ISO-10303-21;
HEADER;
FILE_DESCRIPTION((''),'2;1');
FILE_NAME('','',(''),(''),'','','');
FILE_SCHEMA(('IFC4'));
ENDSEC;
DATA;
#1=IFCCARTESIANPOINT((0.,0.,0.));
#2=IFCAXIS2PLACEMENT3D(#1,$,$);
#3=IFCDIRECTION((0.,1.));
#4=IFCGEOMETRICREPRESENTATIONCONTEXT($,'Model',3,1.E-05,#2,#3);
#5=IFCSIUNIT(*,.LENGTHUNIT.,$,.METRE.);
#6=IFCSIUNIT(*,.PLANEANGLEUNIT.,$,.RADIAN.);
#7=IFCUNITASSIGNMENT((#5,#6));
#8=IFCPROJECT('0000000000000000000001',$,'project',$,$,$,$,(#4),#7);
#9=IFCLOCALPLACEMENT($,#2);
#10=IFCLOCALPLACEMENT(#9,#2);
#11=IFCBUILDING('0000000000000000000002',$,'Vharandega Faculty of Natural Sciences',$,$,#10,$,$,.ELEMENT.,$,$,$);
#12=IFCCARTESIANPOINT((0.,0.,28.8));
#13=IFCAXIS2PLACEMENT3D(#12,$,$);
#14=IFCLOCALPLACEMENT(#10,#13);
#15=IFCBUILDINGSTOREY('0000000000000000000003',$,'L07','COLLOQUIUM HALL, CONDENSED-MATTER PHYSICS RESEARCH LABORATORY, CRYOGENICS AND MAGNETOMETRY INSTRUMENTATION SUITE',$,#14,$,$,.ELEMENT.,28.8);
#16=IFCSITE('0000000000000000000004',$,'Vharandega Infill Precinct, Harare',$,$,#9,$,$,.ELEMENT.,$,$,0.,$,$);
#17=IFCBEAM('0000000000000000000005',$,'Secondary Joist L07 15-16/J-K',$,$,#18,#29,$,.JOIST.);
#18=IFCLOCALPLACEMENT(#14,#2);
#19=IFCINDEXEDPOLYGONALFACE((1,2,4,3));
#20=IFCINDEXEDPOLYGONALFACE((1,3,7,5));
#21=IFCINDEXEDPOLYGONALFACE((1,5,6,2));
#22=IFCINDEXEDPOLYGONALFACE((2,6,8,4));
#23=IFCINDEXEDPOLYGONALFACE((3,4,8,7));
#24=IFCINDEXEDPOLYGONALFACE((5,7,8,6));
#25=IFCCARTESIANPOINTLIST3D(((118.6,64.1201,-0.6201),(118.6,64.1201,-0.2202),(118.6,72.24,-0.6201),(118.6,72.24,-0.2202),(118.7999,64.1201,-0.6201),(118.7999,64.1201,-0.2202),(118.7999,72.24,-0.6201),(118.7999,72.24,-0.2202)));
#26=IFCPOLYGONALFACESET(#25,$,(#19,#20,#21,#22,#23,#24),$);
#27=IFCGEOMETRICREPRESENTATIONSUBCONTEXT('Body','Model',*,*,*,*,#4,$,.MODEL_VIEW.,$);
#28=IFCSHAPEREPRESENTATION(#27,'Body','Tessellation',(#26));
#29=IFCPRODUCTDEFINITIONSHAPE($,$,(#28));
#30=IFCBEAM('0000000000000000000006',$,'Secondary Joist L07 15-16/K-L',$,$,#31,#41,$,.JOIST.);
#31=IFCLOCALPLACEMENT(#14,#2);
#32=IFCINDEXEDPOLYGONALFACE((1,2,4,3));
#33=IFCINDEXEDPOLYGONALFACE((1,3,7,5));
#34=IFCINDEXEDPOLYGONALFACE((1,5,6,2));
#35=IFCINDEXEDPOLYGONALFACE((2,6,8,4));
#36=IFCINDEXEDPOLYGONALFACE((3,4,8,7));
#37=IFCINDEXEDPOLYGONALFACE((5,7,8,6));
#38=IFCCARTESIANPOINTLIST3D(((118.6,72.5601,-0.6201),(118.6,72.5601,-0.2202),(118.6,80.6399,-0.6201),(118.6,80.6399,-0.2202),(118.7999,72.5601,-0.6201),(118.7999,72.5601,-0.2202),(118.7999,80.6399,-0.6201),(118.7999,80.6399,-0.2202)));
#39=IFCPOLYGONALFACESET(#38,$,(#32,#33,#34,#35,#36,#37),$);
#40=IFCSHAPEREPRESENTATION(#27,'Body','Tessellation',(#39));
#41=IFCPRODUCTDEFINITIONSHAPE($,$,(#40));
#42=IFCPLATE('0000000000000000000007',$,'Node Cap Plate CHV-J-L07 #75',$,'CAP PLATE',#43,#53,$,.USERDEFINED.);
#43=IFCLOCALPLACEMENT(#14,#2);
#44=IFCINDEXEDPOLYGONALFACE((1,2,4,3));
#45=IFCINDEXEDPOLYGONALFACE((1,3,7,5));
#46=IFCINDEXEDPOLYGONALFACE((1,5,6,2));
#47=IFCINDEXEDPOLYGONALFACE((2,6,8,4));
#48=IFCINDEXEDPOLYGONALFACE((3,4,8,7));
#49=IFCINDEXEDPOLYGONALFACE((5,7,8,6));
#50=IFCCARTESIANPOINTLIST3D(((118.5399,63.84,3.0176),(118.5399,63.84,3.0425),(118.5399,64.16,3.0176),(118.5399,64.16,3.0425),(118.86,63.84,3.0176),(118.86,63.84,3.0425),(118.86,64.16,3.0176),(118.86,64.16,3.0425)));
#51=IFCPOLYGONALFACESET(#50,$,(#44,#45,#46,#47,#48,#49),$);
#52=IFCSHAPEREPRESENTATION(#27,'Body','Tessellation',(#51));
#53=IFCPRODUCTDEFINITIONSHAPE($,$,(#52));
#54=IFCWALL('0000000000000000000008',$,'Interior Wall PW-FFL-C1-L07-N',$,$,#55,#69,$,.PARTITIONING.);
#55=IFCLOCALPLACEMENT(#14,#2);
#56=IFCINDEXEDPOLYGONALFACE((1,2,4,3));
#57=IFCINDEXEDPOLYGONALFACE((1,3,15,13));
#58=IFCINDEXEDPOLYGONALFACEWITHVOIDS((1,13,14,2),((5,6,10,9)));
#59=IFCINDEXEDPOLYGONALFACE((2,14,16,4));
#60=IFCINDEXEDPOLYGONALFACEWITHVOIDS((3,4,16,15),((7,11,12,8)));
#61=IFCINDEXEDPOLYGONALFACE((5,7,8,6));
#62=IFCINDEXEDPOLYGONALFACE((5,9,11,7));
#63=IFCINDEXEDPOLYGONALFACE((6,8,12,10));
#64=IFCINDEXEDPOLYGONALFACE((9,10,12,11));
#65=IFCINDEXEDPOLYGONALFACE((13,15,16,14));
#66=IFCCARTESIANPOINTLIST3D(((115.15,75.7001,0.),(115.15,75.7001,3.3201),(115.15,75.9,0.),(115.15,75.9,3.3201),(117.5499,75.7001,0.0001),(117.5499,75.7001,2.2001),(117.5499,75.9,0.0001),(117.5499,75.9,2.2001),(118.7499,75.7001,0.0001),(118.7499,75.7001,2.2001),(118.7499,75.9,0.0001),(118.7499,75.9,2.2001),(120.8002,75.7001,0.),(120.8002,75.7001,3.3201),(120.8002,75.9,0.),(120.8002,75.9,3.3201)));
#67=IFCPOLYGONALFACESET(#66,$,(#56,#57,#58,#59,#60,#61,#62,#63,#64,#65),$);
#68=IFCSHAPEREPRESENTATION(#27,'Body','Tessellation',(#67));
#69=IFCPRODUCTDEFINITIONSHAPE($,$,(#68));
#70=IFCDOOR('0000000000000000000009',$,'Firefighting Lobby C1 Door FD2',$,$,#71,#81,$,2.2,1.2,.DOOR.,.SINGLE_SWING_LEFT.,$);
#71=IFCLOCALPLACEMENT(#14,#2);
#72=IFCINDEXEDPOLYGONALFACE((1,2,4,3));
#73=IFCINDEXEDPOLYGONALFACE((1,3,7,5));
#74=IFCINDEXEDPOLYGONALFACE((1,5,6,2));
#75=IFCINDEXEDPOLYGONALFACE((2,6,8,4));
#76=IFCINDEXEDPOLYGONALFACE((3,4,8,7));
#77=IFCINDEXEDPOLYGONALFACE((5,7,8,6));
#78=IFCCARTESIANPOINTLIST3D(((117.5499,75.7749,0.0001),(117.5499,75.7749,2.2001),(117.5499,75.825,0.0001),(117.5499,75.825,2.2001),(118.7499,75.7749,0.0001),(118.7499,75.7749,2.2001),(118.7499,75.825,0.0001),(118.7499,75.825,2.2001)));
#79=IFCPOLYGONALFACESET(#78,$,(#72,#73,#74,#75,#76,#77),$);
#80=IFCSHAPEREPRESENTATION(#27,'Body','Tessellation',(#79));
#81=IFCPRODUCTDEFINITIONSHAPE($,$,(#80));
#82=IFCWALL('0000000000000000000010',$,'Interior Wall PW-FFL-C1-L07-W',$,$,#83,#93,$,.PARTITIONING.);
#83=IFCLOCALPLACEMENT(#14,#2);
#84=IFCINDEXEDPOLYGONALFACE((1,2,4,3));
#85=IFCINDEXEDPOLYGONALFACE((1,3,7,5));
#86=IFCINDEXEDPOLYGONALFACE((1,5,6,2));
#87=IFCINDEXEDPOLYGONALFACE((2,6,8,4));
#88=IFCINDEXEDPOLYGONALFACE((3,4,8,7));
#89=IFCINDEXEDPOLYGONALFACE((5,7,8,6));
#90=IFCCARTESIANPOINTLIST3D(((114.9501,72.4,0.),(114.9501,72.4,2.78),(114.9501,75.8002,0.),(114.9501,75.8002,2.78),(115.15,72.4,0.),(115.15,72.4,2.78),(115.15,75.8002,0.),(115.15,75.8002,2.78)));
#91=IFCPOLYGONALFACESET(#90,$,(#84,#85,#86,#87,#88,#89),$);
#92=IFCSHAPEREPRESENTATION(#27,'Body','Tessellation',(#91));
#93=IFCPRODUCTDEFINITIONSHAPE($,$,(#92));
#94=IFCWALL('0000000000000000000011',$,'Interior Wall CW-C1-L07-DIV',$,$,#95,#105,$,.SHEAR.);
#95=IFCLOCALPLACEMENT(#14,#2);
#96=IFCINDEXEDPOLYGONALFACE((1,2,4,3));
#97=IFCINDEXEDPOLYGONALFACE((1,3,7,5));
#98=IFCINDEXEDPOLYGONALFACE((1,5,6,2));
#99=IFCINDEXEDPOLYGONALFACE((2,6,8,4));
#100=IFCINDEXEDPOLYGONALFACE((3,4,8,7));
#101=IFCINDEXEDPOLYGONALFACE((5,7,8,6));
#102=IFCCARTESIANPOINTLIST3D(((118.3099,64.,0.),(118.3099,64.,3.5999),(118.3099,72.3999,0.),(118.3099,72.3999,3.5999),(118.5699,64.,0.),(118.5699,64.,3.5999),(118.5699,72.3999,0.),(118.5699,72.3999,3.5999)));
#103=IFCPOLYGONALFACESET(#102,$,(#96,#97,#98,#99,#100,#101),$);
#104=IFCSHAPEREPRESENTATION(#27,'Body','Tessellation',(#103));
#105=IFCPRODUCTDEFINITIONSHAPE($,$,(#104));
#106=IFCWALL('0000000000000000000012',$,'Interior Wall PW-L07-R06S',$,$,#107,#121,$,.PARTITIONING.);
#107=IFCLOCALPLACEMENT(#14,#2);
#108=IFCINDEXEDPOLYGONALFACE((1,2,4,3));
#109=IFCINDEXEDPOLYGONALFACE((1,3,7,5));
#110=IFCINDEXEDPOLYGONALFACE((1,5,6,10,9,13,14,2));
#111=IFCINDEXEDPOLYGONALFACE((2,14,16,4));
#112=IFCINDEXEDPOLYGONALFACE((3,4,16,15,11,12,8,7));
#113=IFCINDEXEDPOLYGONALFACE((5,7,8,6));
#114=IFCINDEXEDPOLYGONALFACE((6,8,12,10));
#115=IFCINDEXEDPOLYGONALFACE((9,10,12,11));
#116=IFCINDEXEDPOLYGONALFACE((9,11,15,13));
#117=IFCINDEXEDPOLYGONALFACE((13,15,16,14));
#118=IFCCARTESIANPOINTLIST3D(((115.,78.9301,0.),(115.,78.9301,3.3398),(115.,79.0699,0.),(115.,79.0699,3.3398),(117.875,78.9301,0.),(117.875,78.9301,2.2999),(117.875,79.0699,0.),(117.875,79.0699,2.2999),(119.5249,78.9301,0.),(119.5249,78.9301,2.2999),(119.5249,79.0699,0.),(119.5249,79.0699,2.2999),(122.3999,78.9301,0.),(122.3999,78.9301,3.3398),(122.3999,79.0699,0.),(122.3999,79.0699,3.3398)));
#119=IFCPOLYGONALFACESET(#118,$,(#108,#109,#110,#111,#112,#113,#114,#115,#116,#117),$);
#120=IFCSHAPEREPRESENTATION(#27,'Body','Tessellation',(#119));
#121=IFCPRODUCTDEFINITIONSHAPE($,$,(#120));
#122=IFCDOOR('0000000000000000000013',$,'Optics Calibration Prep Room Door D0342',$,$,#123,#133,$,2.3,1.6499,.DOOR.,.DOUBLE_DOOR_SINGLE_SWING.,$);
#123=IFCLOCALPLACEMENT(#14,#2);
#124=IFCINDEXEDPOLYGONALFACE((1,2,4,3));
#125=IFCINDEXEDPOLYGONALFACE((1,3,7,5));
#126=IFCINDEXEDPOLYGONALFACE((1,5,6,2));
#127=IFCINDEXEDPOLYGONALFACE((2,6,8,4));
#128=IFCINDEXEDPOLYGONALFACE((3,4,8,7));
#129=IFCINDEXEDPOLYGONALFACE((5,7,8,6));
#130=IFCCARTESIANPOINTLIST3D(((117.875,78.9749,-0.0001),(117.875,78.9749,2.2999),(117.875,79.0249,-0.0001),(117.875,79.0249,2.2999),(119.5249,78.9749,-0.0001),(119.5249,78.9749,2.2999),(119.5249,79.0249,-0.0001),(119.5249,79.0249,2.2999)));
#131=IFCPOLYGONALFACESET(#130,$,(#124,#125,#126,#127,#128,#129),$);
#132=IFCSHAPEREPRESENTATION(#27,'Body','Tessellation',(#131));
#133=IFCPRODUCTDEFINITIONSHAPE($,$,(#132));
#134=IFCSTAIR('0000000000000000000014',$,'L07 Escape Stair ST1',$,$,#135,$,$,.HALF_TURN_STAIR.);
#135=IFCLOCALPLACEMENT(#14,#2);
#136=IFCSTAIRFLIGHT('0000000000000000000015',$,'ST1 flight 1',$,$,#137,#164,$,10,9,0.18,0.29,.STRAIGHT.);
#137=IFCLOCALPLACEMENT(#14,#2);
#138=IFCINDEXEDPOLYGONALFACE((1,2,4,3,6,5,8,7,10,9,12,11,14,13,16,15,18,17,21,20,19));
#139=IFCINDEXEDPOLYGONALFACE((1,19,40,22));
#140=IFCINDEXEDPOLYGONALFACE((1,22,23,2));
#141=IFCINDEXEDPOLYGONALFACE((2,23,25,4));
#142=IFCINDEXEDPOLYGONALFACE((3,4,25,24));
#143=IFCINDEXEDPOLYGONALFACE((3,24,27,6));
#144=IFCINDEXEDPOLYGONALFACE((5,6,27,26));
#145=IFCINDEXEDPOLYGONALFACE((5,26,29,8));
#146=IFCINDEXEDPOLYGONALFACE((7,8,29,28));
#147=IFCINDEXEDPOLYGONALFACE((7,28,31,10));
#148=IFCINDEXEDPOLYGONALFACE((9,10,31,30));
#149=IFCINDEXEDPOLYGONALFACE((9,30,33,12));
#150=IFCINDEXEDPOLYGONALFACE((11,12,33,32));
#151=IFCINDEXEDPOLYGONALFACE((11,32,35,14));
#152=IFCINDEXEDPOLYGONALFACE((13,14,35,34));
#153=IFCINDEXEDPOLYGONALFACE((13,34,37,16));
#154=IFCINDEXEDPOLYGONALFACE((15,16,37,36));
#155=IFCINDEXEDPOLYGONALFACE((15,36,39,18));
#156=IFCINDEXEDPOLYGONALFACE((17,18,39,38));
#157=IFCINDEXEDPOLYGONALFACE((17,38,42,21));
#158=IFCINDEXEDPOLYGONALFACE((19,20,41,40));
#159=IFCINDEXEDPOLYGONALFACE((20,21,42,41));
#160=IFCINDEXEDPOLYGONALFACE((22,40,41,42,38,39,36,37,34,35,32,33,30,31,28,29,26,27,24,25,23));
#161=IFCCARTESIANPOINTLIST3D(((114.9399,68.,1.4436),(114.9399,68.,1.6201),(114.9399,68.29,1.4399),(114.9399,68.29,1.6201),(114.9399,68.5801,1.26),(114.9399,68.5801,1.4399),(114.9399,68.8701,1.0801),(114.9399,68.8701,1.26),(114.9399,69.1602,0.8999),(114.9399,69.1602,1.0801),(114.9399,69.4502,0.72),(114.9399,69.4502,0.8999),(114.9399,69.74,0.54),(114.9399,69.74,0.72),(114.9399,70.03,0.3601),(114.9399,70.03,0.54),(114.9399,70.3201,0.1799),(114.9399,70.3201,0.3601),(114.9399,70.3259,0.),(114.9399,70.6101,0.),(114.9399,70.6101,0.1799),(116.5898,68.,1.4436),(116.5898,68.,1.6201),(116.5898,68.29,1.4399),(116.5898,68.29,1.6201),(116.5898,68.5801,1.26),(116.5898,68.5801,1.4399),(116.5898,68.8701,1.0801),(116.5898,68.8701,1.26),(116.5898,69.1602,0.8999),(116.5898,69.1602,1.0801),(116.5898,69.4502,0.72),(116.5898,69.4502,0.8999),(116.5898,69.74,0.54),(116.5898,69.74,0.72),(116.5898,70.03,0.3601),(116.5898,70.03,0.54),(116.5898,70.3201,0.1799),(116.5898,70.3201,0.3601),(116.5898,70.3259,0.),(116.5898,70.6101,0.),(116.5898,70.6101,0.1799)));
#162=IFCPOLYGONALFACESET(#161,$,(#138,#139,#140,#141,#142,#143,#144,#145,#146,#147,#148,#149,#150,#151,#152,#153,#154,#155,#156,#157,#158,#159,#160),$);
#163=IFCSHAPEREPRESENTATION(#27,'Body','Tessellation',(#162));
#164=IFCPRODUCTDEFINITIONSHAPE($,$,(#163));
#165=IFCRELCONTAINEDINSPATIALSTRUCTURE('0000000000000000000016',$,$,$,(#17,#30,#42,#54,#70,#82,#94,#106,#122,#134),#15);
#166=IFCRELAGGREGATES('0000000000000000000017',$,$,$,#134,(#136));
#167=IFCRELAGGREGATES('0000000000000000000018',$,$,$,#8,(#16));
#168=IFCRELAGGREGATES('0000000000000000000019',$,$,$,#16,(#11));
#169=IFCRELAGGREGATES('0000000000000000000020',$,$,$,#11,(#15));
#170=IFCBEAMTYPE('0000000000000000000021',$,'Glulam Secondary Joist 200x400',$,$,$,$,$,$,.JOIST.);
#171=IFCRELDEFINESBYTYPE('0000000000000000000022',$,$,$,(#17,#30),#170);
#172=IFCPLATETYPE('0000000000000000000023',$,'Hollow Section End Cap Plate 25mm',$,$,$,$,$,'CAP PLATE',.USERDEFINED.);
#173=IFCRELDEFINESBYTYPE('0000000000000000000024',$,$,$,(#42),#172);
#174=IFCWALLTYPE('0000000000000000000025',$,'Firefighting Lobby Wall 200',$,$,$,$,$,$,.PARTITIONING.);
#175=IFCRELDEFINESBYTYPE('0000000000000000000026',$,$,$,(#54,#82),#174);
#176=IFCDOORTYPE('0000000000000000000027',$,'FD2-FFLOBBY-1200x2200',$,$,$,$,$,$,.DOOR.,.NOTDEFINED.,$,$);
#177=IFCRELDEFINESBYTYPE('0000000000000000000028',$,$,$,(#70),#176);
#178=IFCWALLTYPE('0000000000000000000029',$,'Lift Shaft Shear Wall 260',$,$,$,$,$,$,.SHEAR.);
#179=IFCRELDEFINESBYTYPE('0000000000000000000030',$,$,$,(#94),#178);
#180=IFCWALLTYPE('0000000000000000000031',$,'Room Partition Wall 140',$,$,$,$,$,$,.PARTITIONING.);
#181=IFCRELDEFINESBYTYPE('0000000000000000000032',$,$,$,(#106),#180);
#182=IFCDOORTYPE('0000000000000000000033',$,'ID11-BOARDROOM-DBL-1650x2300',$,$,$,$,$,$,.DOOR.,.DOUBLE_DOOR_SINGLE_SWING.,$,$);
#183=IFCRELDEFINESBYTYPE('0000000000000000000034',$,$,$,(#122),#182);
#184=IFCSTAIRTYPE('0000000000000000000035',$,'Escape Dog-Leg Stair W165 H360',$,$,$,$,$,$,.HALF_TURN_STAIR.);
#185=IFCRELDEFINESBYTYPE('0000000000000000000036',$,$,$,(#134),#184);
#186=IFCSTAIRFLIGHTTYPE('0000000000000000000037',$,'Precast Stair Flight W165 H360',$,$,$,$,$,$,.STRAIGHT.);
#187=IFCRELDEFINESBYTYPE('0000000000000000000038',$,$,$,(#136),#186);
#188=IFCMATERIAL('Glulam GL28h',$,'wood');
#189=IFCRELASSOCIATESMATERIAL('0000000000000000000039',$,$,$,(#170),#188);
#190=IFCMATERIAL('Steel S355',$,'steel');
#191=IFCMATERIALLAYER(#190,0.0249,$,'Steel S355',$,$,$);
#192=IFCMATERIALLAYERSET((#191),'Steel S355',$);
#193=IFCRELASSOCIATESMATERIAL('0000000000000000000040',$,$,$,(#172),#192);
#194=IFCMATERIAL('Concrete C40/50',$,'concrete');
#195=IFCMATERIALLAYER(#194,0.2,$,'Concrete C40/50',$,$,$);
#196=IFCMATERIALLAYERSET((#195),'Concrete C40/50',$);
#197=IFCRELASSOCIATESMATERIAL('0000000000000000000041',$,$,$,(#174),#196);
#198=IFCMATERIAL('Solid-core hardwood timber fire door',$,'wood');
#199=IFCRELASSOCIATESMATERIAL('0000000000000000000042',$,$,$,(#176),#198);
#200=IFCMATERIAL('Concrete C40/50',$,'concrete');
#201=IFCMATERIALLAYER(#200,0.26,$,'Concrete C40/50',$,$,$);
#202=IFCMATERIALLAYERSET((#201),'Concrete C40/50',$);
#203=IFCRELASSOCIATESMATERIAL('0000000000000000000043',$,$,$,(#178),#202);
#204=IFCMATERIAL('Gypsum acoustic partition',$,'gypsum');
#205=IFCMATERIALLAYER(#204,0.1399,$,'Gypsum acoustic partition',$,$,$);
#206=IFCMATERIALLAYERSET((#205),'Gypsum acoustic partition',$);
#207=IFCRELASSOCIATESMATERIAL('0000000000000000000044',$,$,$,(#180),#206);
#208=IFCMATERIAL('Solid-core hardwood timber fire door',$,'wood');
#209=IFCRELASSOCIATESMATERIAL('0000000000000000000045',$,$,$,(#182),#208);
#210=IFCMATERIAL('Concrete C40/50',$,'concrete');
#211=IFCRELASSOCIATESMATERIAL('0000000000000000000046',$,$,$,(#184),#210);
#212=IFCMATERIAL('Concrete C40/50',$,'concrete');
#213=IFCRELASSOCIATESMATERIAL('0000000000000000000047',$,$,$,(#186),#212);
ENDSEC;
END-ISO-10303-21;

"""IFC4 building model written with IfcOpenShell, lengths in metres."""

from ifc_helpers import new_model, si_unit, direction, frame, frame_2d, origin, origin_2d, place, context, subcontext, project, spatial, polyline, rectangle, outline, extrude, material, layer, layer_set, material_profile, profile_set, type_object, element, fill, aggregate, save


model = new_model("IFC4")

# Units and contexts
model_context = context("Model", 3, precision=1e-05, world=origin(), true_north=direction((0.0, 1.0)))
body_context = subcontext(model_context, "Body", "Model", "MODEL_VIEW")
ifc_project = project(units=[si_unit("LENGTHUNIT", "METRE"), si_unit("PLANEANGLEUNIT", "RADIAN")], contexts=[model_context])

# Site, building, storey
site_placement = place(None, origin())
site = spatial("IfcSite", under=ifc_project, at=site_placement, Name="Vharandega Infill Precinct, Harare", CompositionType="ELEMENT", RefElevation=0.0)
building_placement = place(site_placement, origin())
building = spatial("IfcBuilding", under=site, at=building_placement, Name="Vharandega Faculty of Natural Sciences", CompositionType="ELEMENT")
storey_placement = place(building_placement, frame((0.0, 0.0, 28.8)))
storey = spatial("IfcBuildingStorey", under=building, at=storey_placement, Name="L07", Description="COLLOQUIUM HALL, CONDENSED-MATTER PHYSICS RESEARCH LABORATORY, CRYOGENICS AND MAGNETOMETRY INSTRUMENTATION SUITE", CompositionType="ELEMENT", Elevation=28.8)

# Beams
ifc_material_1 = material(Name="Glulam GL28h", Category="wood")
ifc_material_profile = material_profile(ifc_material_1, rectangle(XDim=0.2, YDim=0.3999, at=origin_2d()), Name="GL28h 200x400")
ifc_profile_set = profile_set([ifc_material_profile], Name="Glulam GL28h")
beam_type = type_object("IfcBeamType", Name="Glulam Secondary Joist 200x400", PredefinedType="JOIST", material=ifc_profile_set)
beam_1_placement = place(storey_placement, frame((118.7, 64.1201, -0.4202), z_axis=(0.0, 1.0, 0.0), x_axis=(-1.0, 0.0, 0.0)))
element("IfcBeam", 1, at=beam_1_placement, inside=storey, type_object=beam_type, Name="Secondary Joist L07 15-16/J-K", PredefinedType="JOIST", context=body_context, shape_type="SweptSolid", body=[
    extrude(rectangle(XDim=0.2, YDim=0.3999, at=origin_2d()), origin(), (0.0, 0.0, 1.0), 8.1199),
])
beam_2_placement = place(storey_placement, frame((118.7, 72.5601, -0.4202), z_axis=(0.0, 1.0, 0.0), x_axis=(-1.0, 0.0, 0.0)))
element("IfcBeam", 2, at=beam_2_placement, inside=storey, type_object=beam_type, Name="Secondary Joist L07 15-16/K-L", PredefinedType="JOIST", context=body_context, shape_type="SweptSolid", body=[
    extrude(rectangle(XDim=0.2, YDim=0.3999, at=origin_2d()), origin(), (0.0, 0.0, 1.0), 8.0798),
])

# Plate
ifc_material_2 = material(Name="Steel S355", Category="steel")
ifc_layer_1 = layer(ifc_material_2, 0.0249, Name="Steel S355")
ifc_layer_set_1 = layer_set([ifc_layer_1], Name="Steel S355")
plate_type = type_object("IfcPlateType", Name="Hollow Section End Cap Plate 25mm", ElementType="CAP PLATE", PredefinedType="USERDEFINED", material=ifc_layer_set_1)
plate_placement = place(storey_placement, frame((118.7, 64.0, 3.0176), z_axis=(0.0, 0.0, 1.0), x_axis=(1.0, 0.0, 0.0)))
element("IfcPlate", 3, at=plate_placement, inside=storey, type_object=plate_type, Name="Node Cap Plate CHV-J-L07 #75", ObjectType="CAP PLATE", PredefinedType="USERDEFINED", context=body_context, shape_type="SweptSolid", body=[
    extrude(rectangle(XDim=0.3201, YDim=0.3201, at=origin_2d()), origin(), (0.0, 0.0, 1.0), 0.0249),
])

# Wall, opening, door
ifc_material_3 = material(Name="Concrete C40/50", Category="concrete")
ifc_layer_2 = layer(ifc_material_3, 0.2, Name="Concrete C40/50")
ifc_layer_set_2 = layer_set([ifc_layer_2], Name="Concrete C40/50")
wall_type_1 = type_object("IfcWallType", Name="Firefighting Lobby Wall 200", PredefinedType="PARTITIONING", material=ifc_layer_set_2)
wall_1_placement = place(storey_placement, frame((115.1499, 75.8, 0.0), z_axis=(0.0, 0.0, 1.0), x_axis=(1.0, 0.0, 0.0)))
wall_1 = element("IfcWall", 4, at=wall_1_placement, inside=storey, type_object=wall_type_1, Name="Interior Wall PW-FFL-C1-L07-N", PredefinedType="PARTITIONING", context=body_context, shape_type="SweptSolid", body=[
    extrude(rectangle(XDim=5.6501, YDim=0.2, at=frame_2d((2.8252, 0.0))), origin(), (0.0, 0.0, 1.0), 3.3201),
])
opening_1_placement = place(wall_1_placement, frame((2.3999, 0.0, 0.0)))
opening_1 = element("IfcOpeningElement", 5, at=opening_1_placement, cuts=wall_1, PredefinedType="OPENING", context=body_context, shape_type="SweptSolid", body=[
    extrude(rectangle(XDim=1.2, YDim=2.2, at=frame_2d((0.6001, 1.1001))), frame((0.0, 0.1099, 0.0), z_axis=(0.0, -1.0, 0.0), x_axis=(1.0, 0.0, 0.0)), (0.0, 0.0, 1.0), 0.22),
])
ifc_material_4 = material(Name="Solid-core hardwood timber fire door", Category="wood")
door_type_1 = type_object("IfcDoorType", Name="FD2-FFLOBBY-1200x2200", OperationType="NOTDEFINED", PredefinedType="DOOR", material=ifc_material_4)
door_1_placement = place(opening_1_placement, origin())
door_1 = element("IfcDoor", 6, at=door_1_placement, inside=storey, type_object=door_type_1, Name="Firefighting Lobby C1 Door FD2", OperationType="SINGLE_SWING_LEFT", OverallHeight=2.2, OverallWidth=1.2, PredefinedType="DOOR", context=body_context, shape_type="SweptSolid", body=[
    extrude(rectangle(XDim=1.2, YDim=2.2, at=frame_2d((0.6001, 1.1001))), frame((0.0, 0.0249, 0.0), z_axis=(0.0, -1.0, 0.0), x_axis=(1.0, 0.0, 0.0)), (0.0, 0.0, 1.0), 0.05),
])
fill(opening_1, door_1)

# Walls
wall_2_placement = place(storey_placement, frame((115.05, 72.3999, 0.0), z_axis=(0.0, 0.0, 1.0), x_axis=(0.0, 1.0, 0.0)))
element("IfcWall", 7, at=wall_2_placement, inside=storey, type_object=wall_type_1, Name="Interior Wall PW-FFL-C1-L07-W", PredefinedType="PARTITIONING", context=body_context, shape_type="SweptSolid", body=[
    extrude(rectangle(XDim=3.4001, YDim=0.2, at=frame_2d((1.7002, 0.0))), origin(), (0.0, 0.0, 1.0), 2.78),
])
ifc_material_5 = material(Name="Concrete C40/50", Category="concrete")
ifc_layer_3 = layer(ifc_material_5, 0.26, Name="Concrete C40/50")
ifc_layer_set_3 = layer_set([ifc_layer_3], Name="Concrete C40/50")
wall_type_2 = type_object("IfcWallType", Name="Lift Shaft Shear Wall 260", PredefinedType="SHEAR", material=ifc_layer_set_3)
wall_3_placement = place(storey_placement, frame((118.4399, 64.0, 0.0), z_axis=(0.0, 0.0, 1.0), x_axis=(0.0, 1.0, 0.0)))
element("IfcWall", 8, at=wall_3_placement, inside=storey, type_object=wall_type_2, Name="Interior Wall CW-C1-L07-DIV", PredefinedType="SHEAR", context=body_context, shape_type="SweptSolid", body=[
    extrude(rectangle(XDim=8.3999, YDim=0.26, at=frame_2d((4.2, 0.0))), origin(), (0.0, 0.0, 1.0), 3.5999),
])

# Wall, opening, door
ifc_material_6 = material(Name="Gypsum acoustic partition", Category="gypsum")
ifc_layer_4 = layer(ifc_material_6, 0.1399, Name="Gypsum acoustic partition")
ifc_layer_set_4 = layer_set([ifc_layer_4], Name="Gypsum acoustic partition")
wall_type_3 = type_object("IfcWallType", Name="Room Partition Wall 140", PredefinedType="PARTITIONING", material=ifc_layer_set_4)
wall_4_placement = place(storey_placement, frame((115.0, 79.0, 0.0), z_axis=(0.0, 0.0, 1.0), x_axis=(1.0, 0.0, 0.0)))
wall_4 = element("IfcWall", 9, at=wall_4_placement, inside=storey, type_object=wall_type_3, Name="Interior Wall PW-L07-R06S", PredefinedType="PARTITIONING", context=body_context, shape_type="SweptSolid", body=[
    extrude(rectangle(XDim=7.3999, YDim=0.1399, at=frame_2d((3.7, 0.0))), origin(), (0.0, 0.0, 1.0), 3.3398),
])
opening_2_placement = place(wall_4_placement, frame((2.875, 0.0, 0.0)))
opening_2 = element("IfcOpeningElement", 10, at=opening_2_placement, cuts=wall_4, PredefinedType="OPENING", context=body_context, shape_type="SweptSolid", body=[
    extrude(rectangle(XDim=1.6499, YDim=2.3, at=frame_2d((0.825, 1.1499))), frame((0.0, 0.0801, 0.0), z_axis=(0.0, -1.0, 0.0), x_axis=(1.0, 0.0, 0.0)), (0.0, 0.0, 1.0), 0.1599),
])
ifc_material_7 = material(Name="Solid-core hardwood timber fire door", Category="wood")
door_type_2 = type_object("IfcDoorType", Name="ID11-BOARDROOM-DBL-1650x2300", OperationType="DOUBLE_DOOR_SINGLE_SWING", PredefinedType="DOOR", material=ifc_material_7)
door_2_placement = place(opening_2_placement, origin())
door_2 = element("IfcDoor", 11, at=door_2_placement, inside=storey, type_object=door_type_2, Name="Optics Calibration Prep Room Door D0342", OperationType="DOUBLE_DOOR_SINGLE_SWING", OverallHeight=2.3, OverallWidth=1.6499, PredefinedType="DOOR", context=body_context, shape_type="SweptSolid", body=[
    extrude(rectangle(XDim=1.6499, YDim=2.3, at=frame_2d((0.825, 1.1499))), frame((0.0, 0.0249, 0.0), z_axis=(0.0, -1.0, 0.0), x_axis=(1.0, 0.0, 0.0)), (0.0, 0.0, 1.0), 0.05),
])
fill(opening_2, door_2)

# Stair, stair flight
ifc_material_8 = material(Name="Concrete C40/50", Category="concrete")
stair_type = type_object("IfcStairType", Name="Escape Dog-Leg Stair W165 H360", PredefinedType="HALF_TURN_STAIR", material=ifc_material_8)
stair_placement = place(storey_placement, origin())
stair = element("IfcStair", 12, at=stair_placement, inside=storey, type_object=stair_type, Name="L07 Escape Stair ST1", PredefinedType="HALF_TURN_STAIR")
ifc_material_9 = material(Name="Concrete C40/50", Category="concrete")
stair_flight_type = type_object("IfcStairFlightType", Name="Precast Stair Flight W165 H360", PredefinedType="STRAIGHT", material=ifc_material_9)
stair_flight_1_placement = place(storey_placement, frame((115.7649, 70.6101, 0.0), z_axis=(0.0, 0.0, 1.0), x_axis=(0.0, -1.0, 0.0)))
stair_flight_1 = element("IfcStairFlight", 13, at=stair_flight_1_placement, type_object=stair_flight_type, Name="ST1 flight 1", NumberOfRisers=10, NumberOfTreads=9, PredefinedType="STRAIGHT", RiserHeight=0.18, TreadLength=0.29, context=body_context, shape_type="SweptSolid", body=[
    extrude(outline(polyline([(0.0, 0.0), (0.0, 0.1799), (0.29, 0.1799), (0.29, 0.3601), (0.5801, 0.3601), (0.5801, 0.54), (0.8701, 0.54), (0.8701, 0.72), (1.1599, 0.72), (1.1599, 0.8999), (1.45, 0.8999), (1.45, 1.0801), (1.74, 1.0801), (1.74, 1.26), (2.03, 1.26), (2.03, 1.4399), (2.3201, 1.4399), (2.3201, 1.6201), (2.6101, 1.6201), (2.6101, 1.8), (2.6101, 1.4436), (0.2842, 0.0), (0.0, 0.0)])), frame((0.0, 0.825, 0.0), z_axis=(0.0, -1.0, 0.0), x_axis=(1.0, 0.0, 0.0)), (0.0, 0.0, 1.0), 1.6499),
])
aggregate(stair, [stair_flight_1])

save(model, "model.ifc")
